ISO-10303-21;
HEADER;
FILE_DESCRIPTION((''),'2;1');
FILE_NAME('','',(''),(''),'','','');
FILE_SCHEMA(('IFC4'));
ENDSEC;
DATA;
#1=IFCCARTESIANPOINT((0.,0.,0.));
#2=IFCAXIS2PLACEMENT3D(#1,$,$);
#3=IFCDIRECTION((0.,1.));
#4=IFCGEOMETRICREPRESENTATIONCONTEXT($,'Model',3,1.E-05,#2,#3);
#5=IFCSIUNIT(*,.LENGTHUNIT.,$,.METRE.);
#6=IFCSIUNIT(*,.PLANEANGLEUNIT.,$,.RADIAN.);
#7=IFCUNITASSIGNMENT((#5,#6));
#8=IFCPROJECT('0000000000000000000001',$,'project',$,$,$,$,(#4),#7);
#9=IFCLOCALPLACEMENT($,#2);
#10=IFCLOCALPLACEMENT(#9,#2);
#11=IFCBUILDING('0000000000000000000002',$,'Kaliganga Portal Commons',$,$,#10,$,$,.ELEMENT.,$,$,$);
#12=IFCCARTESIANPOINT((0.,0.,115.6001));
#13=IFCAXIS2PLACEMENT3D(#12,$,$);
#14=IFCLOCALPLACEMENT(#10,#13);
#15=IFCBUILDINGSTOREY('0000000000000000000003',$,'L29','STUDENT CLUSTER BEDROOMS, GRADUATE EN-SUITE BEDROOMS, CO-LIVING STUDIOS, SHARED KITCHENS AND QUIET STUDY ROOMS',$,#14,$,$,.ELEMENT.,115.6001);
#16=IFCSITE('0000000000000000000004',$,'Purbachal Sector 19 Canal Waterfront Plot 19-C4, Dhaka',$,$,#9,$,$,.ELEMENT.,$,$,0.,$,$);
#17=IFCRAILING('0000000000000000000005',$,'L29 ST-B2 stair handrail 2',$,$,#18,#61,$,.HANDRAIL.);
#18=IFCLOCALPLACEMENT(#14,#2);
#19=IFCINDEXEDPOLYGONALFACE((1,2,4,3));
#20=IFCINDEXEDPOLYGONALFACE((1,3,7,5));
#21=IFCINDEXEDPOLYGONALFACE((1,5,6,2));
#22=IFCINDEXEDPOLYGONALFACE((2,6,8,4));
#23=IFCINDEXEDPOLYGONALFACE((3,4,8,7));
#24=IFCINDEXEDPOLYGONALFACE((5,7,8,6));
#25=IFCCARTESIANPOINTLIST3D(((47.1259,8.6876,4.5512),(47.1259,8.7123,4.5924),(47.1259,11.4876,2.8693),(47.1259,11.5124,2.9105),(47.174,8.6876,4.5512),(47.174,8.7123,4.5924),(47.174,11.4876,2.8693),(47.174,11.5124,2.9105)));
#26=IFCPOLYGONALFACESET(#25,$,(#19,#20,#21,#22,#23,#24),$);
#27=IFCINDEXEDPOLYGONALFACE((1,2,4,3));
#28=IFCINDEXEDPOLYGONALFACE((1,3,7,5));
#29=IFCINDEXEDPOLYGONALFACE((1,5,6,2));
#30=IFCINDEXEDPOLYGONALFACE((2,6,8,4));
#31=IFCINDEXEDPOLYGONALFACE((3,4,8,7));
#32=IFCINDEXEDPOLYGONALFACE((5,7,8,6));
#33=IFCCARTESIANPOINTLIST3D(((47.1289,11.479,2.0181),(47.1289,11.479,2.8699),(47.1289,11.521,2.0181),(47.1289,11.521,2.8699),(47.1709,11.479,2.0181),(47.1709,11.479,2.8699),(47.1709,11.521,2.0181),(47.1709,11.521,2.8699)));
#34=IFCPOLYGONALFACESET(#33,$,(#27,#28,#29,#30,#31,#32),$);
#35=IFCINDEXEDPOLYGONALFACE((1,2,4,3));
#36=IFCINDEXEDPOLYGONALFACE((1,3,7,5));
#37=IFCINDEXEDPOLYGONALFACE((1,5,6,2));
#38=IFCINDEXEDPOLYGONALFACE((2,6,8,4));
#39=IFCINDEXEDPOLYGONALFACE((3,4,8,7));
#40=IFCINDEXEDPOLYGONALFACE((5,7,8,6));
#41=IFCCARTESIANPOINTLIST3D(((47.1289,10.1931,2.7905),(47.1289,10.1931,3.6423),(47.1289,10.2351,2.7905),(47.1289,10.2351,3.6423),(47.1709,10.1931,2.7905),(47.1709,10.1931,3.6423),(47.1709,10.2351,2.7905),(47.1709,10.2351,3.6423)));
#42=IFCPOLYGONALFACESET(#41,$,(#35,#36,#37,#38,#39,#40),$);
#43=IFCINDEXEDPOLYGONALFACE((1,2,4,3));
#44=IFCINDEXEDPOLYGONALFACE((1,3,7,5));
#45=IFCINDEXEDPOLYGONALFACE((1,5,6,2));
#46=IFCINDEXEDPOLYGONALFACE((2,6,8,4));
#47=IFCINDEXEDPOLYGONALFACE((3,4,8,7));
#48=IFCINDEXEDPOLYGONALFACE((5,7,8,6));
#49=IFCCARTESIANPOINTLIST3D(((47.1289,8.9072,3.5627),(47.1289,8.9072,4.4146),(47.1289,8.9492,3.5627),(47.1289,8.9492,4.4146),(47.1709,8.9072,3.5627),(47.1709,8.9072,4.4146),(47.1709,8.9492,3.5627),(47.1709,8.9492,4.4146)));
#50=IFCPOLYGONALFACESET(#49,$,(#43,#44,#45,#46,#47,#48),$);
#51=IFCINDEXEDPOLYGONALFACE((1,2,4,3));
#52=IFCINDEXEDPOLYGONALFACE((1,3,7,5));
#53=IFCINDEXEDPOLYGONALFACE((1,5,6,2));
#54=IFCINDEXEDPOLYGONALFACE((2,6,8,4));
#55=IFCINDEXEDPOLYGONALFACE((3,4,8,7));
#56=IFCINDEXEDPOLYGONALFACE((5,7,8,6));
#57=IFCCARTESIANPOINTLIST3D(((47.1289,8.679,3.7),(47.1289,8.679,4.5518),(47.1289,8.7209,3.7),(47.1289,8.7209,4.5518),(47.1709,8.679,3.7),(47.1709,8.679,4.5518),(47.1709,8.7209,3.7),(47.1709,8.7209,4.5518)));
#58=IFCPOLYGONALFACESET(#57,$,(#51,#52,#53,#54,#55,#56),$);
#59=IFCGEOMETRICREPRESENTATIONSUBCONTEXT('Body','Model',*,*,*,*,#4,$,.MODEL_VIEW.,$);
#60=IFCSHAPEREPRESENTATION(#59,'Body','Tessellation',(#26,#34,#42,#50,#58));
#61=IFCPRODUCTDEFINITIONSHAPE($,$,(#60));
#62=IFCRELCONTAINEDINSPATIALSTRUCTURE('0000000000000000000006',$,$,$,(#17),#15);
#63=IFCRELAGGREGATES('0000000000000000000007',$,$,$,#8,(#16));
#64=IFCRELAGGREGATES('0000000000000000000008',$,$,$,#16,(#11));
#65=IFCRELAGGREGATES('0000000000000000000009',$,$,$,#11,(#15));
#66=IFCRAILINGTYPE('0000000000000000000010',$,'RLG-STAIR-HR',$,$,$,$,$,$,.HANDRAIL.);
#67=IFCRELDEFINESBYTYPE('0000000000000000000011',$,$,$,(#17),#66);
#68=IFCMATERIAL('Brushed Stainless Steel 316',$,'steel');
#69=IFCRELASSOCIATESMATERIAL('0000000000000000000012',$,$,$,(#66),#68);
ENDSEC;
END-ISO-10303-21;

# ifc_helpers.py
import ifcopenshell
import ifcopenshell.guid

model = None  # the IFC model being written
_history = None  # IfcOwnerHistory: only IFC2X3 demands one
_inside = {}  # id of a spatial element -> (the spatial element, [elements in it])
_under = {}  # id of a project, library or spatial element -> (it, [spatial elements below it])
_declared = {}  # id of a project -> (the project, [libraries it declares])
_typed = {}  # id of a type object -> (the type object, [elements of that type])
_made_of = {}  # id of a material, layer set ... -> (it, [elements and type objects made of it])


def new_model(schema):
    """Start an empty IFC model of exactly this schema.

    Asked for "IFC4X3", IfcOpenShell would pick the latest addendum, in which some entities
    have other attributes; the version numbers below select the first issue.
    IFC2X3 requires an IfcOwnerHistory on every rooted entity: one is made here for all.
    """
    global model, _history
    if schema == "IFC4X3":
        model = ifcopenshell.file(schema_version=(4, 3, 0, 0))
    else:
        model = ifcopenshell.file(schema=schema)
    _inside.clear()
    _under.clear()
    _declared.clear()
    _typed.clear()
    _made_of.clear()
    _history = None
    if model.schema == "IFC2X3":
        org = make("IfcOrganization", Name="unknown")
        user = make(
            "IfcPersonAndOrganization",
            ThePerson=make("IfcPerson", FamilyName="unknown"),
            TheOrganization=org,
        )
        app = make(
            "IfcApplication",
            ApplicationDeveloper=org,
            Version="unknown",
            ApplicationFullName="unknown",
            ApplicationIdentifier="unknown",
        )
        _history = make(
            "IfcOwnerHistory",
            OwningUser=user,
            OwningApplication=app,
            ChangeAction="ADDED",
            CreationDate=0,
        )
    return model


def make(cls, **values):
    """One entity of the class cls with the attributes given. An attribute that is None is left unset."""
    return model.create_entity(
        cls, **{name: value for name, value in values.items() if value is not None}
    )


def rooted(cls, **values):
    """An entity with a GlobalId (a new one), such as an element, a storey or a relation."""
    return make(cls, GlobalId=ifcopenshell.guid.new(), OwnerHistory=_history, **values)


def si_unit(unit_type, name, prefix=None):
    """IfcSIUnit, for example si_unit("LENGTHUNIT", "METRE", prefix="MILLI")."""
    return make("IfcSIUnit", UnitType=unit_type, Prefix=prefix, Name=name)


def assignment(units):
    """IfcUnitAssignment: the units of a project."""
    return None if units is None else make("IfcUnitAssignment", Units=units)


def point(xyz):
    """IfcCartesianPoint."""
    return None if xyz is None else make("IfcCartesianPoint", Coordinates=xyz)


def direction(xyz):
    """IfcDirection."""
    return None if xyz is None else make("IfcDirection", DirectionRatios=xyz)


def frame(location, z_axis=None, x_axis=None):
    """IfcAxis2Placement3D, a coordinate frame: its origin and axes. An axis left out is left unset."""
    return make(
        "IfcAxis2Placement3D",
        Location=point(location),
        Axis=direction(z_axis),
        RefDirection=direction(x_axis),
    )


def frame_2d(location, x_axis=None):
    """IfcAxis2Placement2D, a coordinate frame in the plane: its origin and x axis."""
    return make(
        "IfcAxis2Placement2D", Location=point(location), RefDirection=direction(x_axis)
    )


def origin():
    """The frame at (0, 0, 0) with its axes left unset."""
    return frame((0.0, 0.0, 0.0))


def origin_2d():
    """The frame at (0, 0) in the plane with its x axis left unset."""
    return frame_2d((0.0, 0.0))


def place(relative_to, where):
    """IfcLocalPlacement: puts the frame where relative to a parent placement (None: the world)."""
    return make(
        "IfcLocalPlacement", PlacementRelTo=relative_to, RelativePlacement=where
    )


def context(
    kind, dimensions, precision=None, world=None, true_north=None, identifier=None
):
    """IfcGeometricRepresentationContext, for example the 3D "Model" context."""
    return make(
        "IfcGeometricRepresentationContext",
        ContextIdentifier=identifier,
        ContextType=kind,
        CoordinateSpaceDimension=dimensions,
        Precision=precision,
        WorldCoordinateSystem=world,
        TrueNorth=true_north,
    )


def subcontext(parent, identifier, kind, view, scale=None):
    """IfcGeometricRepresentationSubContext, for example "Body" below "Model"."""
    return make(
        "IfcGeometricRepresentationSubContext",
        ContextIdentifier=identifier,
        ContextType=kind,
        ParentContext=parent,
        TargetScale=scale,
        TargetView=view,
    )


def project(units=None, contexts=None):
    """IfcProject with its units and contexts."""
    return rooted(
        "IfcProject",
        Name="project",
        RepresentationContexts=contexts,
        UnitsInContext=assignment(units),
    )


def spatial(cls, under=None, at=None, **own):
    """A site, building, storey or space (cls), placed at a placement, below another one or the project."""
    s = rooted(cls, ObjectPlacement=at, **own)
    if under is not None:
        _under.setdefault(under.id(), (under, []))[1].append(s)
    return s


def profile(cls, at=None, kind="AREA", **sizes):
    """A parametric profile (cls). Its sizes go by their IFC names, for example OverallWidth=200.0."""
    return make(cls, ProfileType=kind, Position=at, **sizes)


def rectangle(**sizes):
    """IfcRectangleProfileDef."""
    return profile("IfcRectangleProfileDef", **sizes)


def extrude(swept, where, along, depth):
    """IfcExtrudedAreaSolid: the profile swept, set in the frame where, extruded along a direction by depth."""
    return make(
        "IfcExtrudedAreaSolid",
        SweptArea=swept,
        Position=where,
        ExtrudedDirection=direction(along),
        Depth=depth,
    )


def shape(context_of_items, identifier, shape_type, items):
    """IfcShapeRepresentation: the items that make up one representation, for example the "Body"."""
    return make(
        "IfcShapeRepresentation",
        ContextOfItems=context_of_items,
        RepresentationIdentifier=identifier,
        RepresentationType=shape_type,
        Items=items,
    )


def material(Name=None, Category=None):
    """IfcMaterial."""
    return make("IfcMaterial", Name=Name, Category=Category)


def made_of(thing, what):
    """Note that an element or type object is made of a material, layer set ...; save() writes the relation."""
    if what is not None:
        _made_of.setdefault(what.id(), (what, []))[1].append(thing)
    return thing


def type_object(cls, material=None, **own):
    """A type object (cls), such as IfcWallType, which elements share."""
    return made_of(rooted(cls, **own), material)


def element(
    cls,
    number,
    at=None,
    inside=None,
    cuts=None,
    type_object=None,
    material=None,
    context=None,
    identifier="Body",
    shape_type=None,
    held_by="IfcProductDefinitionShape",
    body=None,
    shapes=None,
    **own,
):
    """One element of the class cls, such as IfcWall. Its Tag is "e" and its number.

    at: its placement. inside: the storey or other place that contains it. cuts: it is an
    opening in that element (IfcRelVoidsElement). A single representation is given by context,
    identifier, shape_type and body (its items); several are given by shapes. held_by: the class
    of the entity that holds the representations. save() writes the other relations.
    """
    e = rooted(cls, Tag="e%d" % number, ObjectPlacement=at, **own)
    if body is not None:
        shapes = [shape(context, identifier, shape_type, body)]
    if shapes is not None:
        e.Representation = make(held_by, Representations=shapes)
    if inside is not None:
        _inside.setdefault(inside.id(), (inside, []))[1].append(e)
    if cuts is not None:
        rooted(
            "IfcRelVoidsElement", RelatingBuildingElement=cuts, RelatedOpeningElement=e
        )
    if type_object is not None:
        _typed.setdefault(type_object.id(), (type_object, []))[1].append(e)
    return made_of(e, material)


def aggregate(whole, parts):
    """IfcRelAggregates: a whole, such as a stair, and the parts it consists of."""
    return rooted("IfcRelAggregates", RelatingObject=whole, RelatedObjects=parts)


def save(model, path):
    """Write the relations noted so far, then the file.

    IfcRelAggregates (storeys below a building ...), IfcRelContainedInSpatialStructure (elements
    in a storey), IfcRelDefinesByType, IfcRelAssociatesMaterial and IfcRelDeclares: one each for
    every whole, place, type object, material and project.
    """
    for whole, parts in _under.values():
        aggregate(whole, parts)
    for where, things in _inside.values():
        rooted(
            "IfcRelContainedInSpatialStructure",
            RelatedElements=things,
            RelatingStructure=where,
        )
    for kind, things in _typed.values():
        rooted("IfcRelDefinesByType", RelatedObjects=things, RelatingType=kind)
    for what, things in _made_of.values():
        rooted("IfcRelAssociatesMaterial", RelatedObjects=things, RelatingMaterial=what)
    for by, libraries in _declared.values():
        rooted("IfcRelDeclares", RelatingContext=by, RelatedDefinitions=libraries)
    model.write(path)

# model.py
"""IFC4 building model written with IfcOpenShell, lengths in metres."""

from ifc_helpers import new_model, si_unit, direction, frame, origin, origin_2d, place, context, subcontext, project, spatial, rectangle, extrude, material, type_object, element, save


model = new_model("IFC4")

# Units and contexts
model_context = context("Model", 3, precision=1e-05, world=origin(), true_north=direction((0.0, 1.0)))
body_context = subcontext(model_context, "Body", "Model", "MODEL_VIEW")
ifc_project = project(units=[si_unit("LENGTHUNIT", "METRE"), si_unit("PLANEANGLEUNIT", "RADIAN")], contexts=[model_context])

# Site, building, storey
site_placement = place(None, origin())
site = spatial("IfcSite", under=ifc_project, at=site_placement, Name="Purbachal Sector 19 Canal Waterfront Plot 19-C4, Dhaka", CompositionType="ELEMENT", RefElevation=0.0)
building_placement = place(site_placement, origin())
building = spatial("IfcBuilding", under=site, at=building_placement, Name="Kaliganga Portal Commons", CompositionType="ELEMENT")
storey_placement = place(building_placement, frame((0.0, 0.0, 115.6001)))
storey = spatial("IfcBuildingStorey", under=building, at=storey_placement, Name="L29", Description="STUDENT CLUSTER BEDROOMS, GRADUATE EN-SUITE BEDROOMS, CO-LIVING STUDIOS, SHARED KITCHENS AND QUIET STUDY ROOMS", CompositionType="ELEMENT", Elevation=115.6001)

# Railing
ifc_material_1 = material(Name="Brushed Stainless Steel 316", Category="steel")
railing_type_1 = type_object("IfcRailingType", Name="RLG-STAIR-HR", PredefinedType="HANDRAIL", material=ifc_material_1)
railing_1_placement = place(storey_placement, frame((47.1499, 11.5, 2.0181)))
element("IfcRailing", 1, at=railing_1_placement, inside=storey, type_object=railing_type_1, Name="L29 ST-B2 stair handrail 2", PredefinedType="HANDRAIL", context=body_context, shape_type="SweptSolid", body=[
    extrude(rectangle(XDim=0.0481, YDim=0.0481, at=origin_2d()), frame((0.0, 0.0, 0.8718), z_axis=(0.0, -0.857242, 0.514913), x_axis=(1.0, 0.0, 0.0)), (0.0, 0.0, 1.0), 3.2664),
    extrude(rectangle(XDim=0.042, YDim=0.042, at=origin_2d()), origin(), (0.0, 0.0, 1.0), 0.8518),
    extrude(rectangle(XDim=0.042, YDim=0.042, at=origin_2d()), frame((0.0, -1.2859, 0.7725)), (0.0, 0.0, 1.0), 0.8518),
    extrude(rectangle(XDim=0.042, YDim=0.042, at=origin_2d()), frame((0.0, -2.5718, 1.5447)), (0.0, 0.0, 1.0), 0.8518),
    extrude(rectangle(XDim=0.042, YDim=0.042, at=origin_2d()), frame((0.0, -2.8, 1.6819)), (0.0, 0.0, 1.0), 0.8518),
])

save(model, "model.ifc")
